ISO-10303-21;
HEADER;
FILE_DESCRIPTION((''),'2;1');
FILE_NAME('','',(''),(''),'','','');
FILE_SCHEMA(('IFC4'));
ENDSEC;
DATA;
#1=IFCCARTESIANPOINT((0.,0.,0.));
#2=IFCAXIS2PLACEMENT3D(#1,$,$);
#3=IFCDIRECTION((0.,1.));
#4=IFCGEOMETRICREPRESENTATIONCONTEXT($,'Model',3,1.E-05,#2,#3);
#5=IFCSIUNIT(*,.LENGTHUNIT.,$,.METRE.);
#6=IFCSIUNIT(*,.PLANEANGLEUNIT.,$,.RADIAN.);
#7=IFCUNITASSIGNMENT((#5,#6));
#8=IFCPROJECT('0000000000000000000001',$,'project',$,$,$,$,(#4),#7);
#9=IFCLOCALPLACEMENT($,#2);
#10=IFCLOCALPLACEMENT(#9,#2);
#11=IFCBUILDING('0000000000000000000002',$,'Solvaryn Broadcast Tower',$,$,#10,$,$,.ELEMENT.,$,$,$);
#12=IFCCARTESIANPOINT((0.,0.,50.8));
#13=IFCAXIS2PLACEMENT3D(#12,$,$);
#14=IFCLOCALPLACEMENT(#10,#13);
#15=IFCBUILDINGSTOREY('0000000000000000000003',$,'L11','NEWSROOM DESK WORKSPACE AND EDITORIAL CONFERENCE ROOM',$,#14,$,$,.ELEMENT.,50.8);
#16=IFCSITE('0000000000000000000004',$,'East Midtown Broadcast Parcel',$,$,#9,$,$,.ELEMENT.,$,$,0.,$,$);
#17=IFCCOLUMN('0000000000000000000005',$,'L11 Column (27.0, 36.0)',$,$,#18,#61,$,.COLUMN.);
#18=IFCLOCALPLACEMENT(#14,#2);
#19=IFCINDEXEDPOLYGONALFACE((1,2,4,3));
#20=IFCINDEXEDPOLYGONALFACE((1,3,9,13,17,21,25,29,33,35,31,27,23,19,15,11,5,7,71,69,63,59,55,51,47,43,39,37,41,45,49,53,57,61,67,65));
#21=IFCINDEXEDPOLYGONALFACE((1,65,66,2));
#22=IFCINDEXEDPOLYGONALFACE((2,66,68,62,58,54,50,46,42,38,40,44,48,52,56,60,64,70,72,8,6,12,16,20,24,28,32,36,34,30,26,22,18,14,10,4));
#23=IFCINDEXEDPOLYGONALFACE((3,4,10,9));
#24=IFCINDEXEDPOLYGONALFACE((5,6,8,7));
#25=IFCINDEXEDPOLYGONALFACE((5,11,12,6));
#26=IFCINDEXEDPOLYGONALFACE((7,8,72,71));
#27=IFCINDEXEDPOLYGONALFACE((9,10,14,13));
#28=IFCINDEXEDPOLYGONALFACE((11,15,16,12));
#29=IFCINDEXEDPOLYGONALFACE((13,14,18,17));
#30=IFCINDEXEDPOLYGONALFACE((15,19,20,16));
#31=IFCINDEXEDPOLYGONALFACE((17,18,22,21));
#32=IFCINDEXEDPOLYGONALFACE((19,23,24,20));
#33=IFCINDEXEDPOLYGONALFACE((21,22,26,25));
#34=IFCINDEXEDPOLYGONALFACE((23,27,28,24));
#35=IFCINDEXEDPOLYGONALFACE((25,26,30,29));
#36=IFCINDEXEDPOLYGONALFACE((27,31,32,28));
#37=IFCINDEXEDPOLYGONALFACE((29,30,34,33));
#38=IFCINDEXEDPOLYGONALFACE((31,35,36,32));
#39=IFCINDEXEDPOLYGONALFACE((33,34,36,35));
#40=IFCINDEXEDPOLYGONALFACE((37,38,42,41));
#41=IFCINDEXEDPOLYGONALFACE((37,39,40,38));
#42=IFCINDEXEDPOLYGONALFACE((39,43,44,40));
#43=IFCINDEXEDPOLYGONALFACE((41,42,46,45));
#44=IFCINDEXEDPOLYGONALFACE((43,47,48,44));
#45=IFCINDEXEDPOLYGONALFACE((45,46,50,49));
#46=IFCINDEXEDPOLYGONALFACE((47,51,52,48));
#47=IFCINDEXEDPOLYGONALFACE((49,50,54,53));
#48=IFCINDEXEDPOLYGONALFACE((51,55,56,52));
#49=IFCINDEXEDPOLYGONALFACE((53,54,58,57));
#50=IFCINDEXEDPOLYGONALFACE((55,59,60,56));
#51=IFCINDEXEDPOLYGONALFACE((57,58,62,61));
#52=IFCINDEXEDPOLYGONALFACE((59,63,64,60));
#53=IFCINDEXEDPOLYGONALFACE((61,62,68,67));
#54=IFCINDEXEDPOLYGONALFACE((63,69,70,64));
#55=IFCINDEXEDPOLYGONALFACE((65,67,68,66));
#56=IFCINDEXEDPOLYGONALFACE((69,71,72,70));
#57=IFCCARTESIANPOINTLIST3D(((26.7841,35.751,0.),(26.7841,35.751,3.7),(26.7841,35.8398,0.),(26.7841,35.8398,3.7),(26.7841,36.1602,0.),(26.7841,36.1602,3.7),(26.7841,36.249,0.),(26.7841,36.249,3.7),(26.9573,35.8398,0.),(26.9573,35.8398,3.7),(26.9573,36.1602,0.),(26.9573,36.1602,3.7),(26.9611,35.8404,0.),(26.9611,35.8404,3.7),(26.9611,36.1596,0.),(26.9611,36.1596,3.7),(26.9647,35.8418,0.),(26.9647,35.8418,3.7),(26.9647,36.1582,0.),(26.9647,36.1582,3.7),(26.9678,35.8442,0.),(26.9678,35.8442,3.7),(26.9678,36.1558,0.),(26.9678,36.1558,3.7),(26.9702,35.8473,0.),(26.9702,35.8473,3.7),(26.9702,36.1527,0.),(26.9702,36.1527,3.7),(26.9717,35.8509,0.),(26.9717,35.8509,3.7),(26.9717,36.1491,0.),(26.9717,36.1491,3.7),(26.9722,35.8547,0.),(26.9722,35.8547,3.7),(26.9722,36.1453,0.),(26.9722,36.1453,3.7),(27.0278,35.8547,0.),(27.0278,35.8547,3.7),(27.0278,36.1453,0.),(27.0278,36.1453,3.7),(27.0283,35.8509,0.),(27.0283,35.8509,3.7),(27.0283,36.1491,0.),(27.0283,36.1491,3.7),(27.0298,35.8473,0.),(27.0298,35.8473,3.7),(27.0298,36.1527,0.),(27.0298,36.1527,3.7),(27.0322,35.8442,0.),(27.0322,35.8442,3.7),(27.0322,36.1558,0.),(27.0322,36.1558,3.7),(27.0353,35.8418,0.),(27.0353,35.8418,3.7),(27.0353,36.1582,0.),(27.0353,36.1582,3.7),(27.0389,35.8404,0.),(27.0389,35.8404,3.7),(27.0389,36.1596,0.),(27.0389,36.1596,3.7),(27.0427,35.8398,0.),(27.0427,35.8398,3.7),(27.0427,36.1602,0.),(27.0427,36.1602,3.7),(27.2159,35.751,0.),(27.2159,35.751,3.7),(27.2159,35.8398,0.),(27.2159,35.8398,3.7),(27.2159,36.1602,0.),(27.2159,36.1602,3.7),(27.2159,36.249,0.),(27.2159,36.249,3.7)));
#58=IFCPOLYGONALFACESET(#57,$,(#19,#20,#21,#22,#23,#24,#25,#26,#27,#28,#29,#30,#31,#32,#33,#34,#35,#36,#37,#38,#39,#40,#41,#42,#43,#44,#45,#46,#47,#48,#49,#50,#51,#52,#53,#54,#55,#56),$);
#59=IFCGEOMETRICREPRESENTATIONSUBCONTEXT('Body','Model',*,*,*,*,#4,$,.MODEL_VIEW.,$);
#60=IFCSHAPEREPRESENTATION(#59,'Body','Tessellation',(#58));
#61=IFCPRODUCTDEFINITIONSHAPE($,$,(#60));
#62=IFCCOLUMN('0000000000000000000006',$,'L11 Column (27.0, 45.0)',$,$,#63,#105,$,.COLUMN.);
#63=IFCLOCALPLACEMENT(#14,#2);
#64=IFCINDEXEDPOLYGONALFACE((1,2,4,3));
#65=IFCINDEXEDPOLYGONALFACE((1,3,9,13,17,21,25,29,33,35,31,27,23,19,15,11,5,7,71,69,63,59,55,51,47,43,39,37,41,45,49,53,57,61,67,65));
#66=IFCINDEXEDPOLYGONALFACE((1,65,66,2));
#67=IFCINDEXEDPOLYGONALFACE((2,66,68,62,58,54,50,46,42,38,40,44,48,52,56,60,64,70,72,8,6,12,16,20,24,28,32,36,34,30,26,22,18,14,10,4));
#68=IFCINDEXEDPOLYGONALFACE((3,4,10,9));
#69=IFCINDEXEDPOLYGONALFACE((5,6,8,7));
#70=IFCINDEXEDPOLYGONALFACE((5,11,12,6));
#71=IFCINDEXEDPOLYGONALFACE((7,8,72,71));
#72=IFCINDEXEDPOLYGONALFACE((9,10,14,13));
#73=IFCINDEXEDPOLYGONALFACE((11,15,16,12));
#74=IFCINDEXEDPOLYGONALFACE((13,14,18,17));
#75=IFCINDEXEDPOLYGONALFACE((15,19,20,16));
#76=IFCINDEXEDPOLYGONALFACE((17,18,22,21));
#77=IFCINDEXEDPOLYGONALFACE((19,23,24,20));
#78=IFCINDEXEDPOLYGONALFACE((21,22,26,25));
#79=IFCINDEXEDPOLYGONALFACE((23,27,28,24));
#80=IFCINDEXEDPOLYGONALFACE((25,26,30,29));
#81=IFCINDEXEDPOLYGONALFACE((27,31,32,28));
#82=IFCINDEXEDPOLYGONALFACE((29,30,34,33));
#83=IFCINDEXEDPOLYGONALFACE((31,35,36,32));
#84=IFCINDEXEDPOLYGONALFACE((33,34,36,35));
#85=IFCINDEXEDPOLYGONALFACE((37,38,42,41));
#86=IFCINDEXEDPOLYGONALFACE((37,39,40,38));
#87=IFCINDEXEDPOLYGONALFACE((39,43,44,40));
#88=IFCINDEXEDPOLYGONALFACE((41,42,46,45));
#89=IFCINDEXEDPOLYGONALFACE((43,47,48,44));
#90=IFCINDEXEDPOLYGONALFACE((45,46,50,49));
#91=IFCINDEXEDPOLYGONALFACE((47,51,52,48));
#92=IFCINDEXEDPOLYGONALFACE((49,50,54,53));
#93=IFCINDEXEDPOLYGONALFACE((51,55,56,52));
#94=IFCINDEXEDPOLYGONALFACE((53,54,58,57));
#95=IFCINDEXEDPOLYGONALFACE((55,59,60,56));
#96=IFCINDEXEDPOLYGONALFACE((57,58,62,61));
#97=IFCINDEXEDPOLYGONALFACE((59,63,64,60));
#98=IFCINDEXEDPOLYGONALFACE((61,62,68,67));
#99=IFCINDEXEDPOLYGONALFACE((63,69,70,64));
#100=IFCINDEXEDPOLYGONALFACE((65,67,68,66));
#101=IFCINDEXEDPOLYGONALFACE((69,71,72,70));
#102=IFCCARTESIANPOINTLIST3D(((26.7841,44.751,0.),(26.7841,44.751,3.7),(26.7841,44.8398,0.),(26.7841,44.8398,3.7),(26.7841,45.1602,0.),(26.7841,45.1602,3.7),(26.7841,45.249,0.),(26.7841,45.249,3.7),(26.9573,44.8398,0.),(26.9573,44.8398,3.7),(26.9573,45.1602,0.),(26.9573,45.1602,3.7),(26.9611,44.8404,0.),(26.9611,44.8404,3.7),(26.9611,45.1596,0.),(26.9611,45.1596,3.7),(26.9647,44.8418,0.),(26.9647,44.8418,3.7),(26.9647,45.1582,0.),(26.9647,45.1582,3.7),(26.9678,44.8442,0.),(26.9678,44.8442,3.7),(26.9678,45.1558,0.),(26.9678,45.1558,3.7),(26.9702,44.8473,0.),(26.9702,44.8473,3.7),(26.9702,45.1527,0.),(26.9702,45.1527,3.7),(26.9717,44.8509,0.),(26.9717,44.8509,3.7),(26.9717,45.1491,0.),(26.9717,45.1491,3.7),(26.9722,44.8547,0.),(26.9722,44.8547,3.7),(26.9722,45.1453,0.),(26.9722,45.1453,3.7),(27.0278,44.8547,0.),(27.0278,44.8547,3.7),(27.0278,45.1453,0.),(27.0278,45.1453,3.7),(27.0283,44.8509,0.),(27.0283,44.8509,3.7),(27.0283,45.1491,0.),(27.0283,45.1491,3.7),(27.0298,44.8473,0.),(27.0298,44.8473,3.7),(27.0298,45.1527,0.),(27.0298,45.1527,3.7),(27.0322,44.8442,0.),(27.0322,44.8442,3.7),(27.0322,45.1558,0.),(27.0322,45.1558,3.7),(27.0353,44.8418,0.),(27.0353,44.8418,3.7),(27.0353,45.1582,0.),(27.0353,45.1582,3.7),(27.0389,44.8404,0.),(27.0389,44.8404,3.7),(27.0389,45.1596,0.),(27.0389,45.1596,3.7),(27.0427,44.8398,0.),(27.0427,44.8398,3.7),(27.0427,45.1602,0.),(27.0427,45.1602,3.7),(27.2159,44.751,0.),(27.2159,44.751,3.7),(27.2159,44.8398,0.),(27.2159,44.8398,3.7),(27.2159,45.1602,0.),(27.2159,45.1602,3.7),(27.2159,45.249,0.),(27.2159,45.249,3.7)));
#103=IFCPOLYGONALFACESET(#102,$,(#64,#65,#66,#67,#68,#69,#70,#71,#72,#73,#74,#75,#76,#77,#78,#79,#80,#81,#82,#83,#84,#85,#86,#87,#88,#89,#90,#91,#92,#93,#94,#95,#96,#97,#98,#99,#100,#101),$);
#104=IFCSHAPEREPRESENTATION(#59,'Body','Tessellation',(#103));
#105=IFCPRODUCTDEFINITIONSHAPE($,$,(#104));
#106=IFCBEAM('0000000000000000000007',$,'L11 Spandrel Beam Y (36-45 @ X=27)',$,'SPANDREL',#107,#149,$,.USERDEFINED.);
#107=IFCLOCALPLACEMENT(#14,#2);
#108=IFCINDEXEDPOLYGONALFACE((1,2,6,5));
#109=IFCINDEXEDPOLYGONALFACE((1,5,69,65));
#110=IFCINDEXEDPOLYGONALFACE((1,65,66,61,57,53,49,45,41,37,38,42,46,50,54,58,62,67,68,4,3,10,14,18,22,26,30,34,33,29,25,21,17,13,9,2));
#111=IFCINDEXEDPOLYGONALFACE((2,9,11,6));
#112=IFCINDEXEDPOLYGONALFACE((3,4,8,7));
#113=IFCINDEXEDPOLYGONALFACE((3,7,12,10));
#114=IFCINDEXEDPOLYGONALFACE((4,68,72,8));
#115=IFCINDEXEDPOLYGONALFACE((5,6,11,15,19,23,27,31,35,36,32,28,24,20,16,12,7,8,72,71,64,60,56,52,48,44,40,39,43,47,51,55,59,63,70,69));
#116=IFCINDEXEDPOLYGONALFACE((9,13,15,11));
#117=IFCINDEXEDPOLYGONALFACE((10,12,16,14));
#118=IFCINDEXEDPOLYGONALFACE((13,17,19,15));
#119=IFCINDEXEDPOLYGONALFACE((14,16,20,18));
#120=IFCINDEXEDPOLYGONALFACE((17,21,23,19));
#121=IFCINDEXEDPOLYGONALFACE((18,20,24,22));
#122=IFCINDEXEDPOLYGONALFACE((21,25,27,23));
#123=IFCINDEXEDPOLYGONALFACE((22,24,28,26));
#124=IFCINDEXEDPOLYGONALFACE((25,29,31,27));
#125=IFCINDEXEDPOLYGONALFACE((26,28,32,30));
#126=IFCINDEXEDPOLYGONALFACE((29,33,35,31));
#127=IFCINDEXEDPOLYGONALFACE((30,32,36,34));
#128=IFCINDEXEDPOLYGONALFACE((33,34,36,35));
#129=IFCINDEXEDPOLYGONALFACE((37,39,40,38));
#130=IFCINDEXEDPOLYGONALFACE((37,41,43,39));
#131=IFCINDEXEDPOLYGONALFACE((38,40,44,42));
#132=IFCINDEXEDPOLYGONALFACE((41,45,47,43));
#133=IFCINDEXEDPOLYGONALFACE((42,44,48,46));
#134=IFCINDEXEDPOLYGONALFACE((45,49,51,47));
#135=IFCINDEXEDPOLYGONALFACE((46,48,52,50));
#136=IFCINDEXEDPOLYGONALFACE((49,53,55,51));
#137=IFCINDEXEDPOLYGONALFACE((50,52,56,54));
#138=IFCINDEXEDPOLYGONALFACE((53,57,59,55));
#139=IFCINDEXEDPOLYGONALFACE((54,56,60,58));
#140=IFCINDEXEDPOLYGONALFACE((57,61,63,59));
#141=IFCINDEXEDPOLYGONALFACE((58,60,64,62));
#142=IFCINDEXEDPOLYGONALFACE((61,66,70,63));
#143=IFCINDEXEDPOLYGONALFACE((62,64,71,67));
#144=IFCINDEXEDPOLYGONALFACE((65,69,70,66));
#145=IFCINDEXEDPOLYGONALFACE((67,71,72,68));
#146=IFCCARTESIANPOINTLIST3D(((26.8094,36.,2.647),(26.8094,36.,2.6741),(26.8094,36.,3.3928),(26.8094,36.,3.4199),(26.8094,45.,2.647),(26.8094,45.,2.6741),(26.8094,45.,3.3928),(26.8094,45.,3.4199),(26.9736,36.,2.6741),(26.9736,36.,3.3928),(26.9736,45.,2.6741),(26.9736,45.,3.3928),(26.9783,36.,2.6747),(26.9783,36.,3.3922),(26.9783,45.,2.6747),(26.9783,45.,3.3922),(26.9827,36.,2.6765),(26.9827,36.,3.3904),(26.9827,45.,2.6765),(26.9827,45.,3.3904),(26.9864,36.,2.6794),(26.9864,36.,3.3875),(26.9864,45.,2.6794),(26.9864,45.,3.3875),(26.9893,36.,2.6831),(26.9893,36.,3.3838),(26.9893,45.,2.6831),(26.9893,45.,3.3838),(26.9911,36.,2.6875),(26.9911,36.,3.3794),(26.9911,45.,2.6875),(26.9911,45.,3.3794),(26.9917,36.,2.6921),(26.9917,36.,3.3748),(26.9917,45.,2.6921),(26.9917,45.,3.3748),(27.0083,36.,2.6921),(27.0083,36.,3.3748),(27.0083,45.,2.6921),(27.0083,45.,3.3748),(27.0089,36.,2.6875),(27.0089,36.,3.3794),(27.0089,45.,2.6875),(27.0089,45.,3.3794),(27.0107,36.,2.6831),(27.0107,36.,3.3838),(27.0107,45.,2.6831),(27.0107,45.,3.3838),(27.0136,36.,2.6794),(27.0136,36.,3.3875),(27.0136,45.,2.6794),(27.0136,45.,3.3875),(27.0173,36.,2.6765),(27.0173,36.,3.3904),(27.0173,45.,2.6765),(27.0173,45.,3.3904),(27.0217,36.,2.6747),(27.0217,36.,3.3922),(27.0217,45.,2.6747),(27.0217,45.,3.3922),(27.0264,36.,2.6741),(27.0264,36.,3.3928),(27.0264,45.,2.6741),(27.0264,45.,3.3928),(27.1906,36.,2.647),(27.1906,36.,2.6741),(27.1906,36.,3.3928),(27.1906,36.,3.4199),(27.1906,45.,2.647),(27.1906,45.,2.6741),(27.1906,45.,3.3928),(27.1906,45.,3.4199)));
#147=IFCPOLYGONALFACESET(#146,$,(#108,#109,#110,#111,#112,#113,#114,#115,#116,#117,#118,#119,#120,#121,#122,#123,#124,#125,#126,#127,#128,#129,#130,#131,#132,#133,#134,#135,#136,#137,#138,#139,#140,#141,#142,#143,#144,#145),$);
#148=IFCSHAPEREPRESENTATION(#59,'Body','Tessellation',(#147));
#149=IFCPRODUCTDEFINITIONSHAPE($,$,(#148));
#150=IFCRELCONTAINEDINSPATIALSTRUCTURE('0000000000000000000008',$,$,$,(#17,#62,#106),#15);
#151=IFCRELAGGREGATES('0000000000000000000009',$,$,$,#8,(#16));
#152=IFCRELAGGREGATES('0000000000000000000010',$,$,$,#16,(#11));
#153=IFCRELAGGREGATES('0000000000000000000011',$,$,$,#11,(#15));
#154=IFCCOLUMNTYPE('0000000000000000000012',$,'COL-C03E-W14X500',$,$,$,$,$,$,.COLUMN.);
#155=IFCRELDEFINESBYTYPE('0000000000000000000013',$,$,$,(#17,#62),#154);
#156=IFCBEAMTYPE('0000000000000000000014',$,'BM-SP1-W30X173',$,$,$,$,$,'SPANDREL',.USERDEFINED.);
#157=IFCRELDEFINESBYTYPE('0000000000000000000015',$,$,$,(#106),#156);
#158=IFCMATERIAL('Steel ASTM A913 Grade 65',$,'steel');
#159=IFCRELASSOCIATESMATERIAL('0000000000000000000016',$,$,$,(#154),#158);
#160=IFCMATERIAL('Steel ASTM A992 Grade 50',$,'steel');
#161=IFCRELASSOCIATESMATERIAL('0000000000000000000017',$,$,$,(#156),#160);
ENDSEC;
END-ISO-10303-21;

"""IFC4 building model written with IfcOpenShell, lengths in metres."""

from ifc_helpers import new_model, si_unit, direction, frame, origin, origin_2d, place, context, subcontext, project, spatial, i_section, extrude, material, material_profile, profile_set, type_object, element, save


model = new_model("IFC4")

# Units and contexts
model_context = context("Model", 3, precision=1e-05, world=origin(), true_north=direction((0.0, 1.0)))
body_context = subcontext(model_context, "Body", "Model", "MODEL_VIEW")
ifc_project = project(units=[si_unit("LENGTHUNIT", "METRE"), si_unit("PLANEANGLEUNIT", "RADIAN")], contexts=[model_context])

# Site, building, storey
site_placement = place(None, origin())
site = spatial("IfcSite", under=ifc_project, at=site_placement, Name="East Midtown Broadcast Parcel", CompositionType="ELEMENT", RefElevation=0.0)
building_placement = place(site_placement, origin())
building = spatial("IfcBuilding", under=site, at=building_placement, Name="Solvaryn Broadcast Tower", CompositionType="ELEMENT")
storey_placement = place(building_placement, frame((0.0, 0.0, 50.8)))
storey = spatial("IfcBuildingStorey", under=building, at=storey_placement, Name="L11", Description="NEWSROOM DESK WORKSPACE AND EDITORIAL CONFERENCE ROOM", CompositionType="ELEMENT", Elevation=50.8)

# Columns
ifc_material_1 = material(Name="Steel ASTM A913 Grade 65", Category="steel")
ifc_material_profile_1 = material_profile(ifc_material_1, i_section(OverallWidth=0.4319, OverallDepth=0.498, WebThickness=0.0557, FlangeThickness=0.0889, FilletRadius=0.0149, at=origin_2d()))
ifc_profile_set_1 = profile_set([ifc_material_profile_1], Name="Steel ASTM A913 Grade 65")
column_type = type_object("IfcColumnType", Name="COL-C03E-W14X500", PredefinedType="COLUMN", material=ifc_profile_set_1)
for number, where, z_axis, x_axis, name in (
    (1, (27.0, 36.0, 0.0), (0.0, 0.0, 1.0), (1.0, 0.0, 0.0), "L11 Column (27.0, 36.0)"),
    (2, (27.0, 45.0, 0.0), (0.0, 0.0, 1.0), (1.0, 0.0, 0.0), "L11 Column (27.0, 45.0)"),
):
    element("IfcColumn", number, at=place(storey_placement, frame(where, z_axis=z_axis, x_axis=x_axis)), inside=storey, type_object=column_type, Name=name, PredefinedType="COLUMN", context=body_context, shape_type="SweptSolid", body=[
        extrude(i_section(OverallWidth=0.4319, OverallDepth=0.498, WebThickness=0.0557, FlangeThickness=0.0889, FilletRadius=0.0149, at=origin_2d()), origin(), (0.0, 0.0, 1.0), 3.7),
    ])

# Beam
ifc_material_2 = material(Name="Steel ASTM A992 Grade 50", Category="steel")
ifc_material_profile_2 = material_profile(ifc_material_2, i_section(OverallWidth=0.3811, OverallDepth=0.7729, WebThickness=0.0166, FlangeThickness=0.0271, FilletRadius=0.0181, at=origin_2d()))
ifc_profile_set_2 = profile_set([ifc_material_profile_2], Name="Steel ASTM A992 Grade 50")
beam_type = type_object("IfcBeamType", Name="BM-SP1-W30X173", ElementType="SPANDREL", PredefinedType="USERDEFINED", material=ifc_profile_set_2)
beam_placement = place(storey_placement, frame((27.0, 36.0, 3.0334), z_axis=(0.0, 1.0, 0.0), x_axis=(-1.0, 0.0, 0.0)))
element("IfcBeam", 3, at=beam_placement, inside=storey, type_object=beam_type, Name="L11 Spandrel Beam Y (36-45 @ X=27)", ObjectType="SPANDREL", PredefinedType="USERDEFINED", context=body_context, shape_type="SweptSolid", body=[
    extrude(i_section(OverallWidth=0.3811, OverallDepth=0.7729, WebThickness=0.0166, FlangeThickness=0.0271, FilletRadius=0.0181, at=origin_2d()), origin(), (0.0, 0.0, 1.0), 9.0),
])

save(model, "model.ifc")
